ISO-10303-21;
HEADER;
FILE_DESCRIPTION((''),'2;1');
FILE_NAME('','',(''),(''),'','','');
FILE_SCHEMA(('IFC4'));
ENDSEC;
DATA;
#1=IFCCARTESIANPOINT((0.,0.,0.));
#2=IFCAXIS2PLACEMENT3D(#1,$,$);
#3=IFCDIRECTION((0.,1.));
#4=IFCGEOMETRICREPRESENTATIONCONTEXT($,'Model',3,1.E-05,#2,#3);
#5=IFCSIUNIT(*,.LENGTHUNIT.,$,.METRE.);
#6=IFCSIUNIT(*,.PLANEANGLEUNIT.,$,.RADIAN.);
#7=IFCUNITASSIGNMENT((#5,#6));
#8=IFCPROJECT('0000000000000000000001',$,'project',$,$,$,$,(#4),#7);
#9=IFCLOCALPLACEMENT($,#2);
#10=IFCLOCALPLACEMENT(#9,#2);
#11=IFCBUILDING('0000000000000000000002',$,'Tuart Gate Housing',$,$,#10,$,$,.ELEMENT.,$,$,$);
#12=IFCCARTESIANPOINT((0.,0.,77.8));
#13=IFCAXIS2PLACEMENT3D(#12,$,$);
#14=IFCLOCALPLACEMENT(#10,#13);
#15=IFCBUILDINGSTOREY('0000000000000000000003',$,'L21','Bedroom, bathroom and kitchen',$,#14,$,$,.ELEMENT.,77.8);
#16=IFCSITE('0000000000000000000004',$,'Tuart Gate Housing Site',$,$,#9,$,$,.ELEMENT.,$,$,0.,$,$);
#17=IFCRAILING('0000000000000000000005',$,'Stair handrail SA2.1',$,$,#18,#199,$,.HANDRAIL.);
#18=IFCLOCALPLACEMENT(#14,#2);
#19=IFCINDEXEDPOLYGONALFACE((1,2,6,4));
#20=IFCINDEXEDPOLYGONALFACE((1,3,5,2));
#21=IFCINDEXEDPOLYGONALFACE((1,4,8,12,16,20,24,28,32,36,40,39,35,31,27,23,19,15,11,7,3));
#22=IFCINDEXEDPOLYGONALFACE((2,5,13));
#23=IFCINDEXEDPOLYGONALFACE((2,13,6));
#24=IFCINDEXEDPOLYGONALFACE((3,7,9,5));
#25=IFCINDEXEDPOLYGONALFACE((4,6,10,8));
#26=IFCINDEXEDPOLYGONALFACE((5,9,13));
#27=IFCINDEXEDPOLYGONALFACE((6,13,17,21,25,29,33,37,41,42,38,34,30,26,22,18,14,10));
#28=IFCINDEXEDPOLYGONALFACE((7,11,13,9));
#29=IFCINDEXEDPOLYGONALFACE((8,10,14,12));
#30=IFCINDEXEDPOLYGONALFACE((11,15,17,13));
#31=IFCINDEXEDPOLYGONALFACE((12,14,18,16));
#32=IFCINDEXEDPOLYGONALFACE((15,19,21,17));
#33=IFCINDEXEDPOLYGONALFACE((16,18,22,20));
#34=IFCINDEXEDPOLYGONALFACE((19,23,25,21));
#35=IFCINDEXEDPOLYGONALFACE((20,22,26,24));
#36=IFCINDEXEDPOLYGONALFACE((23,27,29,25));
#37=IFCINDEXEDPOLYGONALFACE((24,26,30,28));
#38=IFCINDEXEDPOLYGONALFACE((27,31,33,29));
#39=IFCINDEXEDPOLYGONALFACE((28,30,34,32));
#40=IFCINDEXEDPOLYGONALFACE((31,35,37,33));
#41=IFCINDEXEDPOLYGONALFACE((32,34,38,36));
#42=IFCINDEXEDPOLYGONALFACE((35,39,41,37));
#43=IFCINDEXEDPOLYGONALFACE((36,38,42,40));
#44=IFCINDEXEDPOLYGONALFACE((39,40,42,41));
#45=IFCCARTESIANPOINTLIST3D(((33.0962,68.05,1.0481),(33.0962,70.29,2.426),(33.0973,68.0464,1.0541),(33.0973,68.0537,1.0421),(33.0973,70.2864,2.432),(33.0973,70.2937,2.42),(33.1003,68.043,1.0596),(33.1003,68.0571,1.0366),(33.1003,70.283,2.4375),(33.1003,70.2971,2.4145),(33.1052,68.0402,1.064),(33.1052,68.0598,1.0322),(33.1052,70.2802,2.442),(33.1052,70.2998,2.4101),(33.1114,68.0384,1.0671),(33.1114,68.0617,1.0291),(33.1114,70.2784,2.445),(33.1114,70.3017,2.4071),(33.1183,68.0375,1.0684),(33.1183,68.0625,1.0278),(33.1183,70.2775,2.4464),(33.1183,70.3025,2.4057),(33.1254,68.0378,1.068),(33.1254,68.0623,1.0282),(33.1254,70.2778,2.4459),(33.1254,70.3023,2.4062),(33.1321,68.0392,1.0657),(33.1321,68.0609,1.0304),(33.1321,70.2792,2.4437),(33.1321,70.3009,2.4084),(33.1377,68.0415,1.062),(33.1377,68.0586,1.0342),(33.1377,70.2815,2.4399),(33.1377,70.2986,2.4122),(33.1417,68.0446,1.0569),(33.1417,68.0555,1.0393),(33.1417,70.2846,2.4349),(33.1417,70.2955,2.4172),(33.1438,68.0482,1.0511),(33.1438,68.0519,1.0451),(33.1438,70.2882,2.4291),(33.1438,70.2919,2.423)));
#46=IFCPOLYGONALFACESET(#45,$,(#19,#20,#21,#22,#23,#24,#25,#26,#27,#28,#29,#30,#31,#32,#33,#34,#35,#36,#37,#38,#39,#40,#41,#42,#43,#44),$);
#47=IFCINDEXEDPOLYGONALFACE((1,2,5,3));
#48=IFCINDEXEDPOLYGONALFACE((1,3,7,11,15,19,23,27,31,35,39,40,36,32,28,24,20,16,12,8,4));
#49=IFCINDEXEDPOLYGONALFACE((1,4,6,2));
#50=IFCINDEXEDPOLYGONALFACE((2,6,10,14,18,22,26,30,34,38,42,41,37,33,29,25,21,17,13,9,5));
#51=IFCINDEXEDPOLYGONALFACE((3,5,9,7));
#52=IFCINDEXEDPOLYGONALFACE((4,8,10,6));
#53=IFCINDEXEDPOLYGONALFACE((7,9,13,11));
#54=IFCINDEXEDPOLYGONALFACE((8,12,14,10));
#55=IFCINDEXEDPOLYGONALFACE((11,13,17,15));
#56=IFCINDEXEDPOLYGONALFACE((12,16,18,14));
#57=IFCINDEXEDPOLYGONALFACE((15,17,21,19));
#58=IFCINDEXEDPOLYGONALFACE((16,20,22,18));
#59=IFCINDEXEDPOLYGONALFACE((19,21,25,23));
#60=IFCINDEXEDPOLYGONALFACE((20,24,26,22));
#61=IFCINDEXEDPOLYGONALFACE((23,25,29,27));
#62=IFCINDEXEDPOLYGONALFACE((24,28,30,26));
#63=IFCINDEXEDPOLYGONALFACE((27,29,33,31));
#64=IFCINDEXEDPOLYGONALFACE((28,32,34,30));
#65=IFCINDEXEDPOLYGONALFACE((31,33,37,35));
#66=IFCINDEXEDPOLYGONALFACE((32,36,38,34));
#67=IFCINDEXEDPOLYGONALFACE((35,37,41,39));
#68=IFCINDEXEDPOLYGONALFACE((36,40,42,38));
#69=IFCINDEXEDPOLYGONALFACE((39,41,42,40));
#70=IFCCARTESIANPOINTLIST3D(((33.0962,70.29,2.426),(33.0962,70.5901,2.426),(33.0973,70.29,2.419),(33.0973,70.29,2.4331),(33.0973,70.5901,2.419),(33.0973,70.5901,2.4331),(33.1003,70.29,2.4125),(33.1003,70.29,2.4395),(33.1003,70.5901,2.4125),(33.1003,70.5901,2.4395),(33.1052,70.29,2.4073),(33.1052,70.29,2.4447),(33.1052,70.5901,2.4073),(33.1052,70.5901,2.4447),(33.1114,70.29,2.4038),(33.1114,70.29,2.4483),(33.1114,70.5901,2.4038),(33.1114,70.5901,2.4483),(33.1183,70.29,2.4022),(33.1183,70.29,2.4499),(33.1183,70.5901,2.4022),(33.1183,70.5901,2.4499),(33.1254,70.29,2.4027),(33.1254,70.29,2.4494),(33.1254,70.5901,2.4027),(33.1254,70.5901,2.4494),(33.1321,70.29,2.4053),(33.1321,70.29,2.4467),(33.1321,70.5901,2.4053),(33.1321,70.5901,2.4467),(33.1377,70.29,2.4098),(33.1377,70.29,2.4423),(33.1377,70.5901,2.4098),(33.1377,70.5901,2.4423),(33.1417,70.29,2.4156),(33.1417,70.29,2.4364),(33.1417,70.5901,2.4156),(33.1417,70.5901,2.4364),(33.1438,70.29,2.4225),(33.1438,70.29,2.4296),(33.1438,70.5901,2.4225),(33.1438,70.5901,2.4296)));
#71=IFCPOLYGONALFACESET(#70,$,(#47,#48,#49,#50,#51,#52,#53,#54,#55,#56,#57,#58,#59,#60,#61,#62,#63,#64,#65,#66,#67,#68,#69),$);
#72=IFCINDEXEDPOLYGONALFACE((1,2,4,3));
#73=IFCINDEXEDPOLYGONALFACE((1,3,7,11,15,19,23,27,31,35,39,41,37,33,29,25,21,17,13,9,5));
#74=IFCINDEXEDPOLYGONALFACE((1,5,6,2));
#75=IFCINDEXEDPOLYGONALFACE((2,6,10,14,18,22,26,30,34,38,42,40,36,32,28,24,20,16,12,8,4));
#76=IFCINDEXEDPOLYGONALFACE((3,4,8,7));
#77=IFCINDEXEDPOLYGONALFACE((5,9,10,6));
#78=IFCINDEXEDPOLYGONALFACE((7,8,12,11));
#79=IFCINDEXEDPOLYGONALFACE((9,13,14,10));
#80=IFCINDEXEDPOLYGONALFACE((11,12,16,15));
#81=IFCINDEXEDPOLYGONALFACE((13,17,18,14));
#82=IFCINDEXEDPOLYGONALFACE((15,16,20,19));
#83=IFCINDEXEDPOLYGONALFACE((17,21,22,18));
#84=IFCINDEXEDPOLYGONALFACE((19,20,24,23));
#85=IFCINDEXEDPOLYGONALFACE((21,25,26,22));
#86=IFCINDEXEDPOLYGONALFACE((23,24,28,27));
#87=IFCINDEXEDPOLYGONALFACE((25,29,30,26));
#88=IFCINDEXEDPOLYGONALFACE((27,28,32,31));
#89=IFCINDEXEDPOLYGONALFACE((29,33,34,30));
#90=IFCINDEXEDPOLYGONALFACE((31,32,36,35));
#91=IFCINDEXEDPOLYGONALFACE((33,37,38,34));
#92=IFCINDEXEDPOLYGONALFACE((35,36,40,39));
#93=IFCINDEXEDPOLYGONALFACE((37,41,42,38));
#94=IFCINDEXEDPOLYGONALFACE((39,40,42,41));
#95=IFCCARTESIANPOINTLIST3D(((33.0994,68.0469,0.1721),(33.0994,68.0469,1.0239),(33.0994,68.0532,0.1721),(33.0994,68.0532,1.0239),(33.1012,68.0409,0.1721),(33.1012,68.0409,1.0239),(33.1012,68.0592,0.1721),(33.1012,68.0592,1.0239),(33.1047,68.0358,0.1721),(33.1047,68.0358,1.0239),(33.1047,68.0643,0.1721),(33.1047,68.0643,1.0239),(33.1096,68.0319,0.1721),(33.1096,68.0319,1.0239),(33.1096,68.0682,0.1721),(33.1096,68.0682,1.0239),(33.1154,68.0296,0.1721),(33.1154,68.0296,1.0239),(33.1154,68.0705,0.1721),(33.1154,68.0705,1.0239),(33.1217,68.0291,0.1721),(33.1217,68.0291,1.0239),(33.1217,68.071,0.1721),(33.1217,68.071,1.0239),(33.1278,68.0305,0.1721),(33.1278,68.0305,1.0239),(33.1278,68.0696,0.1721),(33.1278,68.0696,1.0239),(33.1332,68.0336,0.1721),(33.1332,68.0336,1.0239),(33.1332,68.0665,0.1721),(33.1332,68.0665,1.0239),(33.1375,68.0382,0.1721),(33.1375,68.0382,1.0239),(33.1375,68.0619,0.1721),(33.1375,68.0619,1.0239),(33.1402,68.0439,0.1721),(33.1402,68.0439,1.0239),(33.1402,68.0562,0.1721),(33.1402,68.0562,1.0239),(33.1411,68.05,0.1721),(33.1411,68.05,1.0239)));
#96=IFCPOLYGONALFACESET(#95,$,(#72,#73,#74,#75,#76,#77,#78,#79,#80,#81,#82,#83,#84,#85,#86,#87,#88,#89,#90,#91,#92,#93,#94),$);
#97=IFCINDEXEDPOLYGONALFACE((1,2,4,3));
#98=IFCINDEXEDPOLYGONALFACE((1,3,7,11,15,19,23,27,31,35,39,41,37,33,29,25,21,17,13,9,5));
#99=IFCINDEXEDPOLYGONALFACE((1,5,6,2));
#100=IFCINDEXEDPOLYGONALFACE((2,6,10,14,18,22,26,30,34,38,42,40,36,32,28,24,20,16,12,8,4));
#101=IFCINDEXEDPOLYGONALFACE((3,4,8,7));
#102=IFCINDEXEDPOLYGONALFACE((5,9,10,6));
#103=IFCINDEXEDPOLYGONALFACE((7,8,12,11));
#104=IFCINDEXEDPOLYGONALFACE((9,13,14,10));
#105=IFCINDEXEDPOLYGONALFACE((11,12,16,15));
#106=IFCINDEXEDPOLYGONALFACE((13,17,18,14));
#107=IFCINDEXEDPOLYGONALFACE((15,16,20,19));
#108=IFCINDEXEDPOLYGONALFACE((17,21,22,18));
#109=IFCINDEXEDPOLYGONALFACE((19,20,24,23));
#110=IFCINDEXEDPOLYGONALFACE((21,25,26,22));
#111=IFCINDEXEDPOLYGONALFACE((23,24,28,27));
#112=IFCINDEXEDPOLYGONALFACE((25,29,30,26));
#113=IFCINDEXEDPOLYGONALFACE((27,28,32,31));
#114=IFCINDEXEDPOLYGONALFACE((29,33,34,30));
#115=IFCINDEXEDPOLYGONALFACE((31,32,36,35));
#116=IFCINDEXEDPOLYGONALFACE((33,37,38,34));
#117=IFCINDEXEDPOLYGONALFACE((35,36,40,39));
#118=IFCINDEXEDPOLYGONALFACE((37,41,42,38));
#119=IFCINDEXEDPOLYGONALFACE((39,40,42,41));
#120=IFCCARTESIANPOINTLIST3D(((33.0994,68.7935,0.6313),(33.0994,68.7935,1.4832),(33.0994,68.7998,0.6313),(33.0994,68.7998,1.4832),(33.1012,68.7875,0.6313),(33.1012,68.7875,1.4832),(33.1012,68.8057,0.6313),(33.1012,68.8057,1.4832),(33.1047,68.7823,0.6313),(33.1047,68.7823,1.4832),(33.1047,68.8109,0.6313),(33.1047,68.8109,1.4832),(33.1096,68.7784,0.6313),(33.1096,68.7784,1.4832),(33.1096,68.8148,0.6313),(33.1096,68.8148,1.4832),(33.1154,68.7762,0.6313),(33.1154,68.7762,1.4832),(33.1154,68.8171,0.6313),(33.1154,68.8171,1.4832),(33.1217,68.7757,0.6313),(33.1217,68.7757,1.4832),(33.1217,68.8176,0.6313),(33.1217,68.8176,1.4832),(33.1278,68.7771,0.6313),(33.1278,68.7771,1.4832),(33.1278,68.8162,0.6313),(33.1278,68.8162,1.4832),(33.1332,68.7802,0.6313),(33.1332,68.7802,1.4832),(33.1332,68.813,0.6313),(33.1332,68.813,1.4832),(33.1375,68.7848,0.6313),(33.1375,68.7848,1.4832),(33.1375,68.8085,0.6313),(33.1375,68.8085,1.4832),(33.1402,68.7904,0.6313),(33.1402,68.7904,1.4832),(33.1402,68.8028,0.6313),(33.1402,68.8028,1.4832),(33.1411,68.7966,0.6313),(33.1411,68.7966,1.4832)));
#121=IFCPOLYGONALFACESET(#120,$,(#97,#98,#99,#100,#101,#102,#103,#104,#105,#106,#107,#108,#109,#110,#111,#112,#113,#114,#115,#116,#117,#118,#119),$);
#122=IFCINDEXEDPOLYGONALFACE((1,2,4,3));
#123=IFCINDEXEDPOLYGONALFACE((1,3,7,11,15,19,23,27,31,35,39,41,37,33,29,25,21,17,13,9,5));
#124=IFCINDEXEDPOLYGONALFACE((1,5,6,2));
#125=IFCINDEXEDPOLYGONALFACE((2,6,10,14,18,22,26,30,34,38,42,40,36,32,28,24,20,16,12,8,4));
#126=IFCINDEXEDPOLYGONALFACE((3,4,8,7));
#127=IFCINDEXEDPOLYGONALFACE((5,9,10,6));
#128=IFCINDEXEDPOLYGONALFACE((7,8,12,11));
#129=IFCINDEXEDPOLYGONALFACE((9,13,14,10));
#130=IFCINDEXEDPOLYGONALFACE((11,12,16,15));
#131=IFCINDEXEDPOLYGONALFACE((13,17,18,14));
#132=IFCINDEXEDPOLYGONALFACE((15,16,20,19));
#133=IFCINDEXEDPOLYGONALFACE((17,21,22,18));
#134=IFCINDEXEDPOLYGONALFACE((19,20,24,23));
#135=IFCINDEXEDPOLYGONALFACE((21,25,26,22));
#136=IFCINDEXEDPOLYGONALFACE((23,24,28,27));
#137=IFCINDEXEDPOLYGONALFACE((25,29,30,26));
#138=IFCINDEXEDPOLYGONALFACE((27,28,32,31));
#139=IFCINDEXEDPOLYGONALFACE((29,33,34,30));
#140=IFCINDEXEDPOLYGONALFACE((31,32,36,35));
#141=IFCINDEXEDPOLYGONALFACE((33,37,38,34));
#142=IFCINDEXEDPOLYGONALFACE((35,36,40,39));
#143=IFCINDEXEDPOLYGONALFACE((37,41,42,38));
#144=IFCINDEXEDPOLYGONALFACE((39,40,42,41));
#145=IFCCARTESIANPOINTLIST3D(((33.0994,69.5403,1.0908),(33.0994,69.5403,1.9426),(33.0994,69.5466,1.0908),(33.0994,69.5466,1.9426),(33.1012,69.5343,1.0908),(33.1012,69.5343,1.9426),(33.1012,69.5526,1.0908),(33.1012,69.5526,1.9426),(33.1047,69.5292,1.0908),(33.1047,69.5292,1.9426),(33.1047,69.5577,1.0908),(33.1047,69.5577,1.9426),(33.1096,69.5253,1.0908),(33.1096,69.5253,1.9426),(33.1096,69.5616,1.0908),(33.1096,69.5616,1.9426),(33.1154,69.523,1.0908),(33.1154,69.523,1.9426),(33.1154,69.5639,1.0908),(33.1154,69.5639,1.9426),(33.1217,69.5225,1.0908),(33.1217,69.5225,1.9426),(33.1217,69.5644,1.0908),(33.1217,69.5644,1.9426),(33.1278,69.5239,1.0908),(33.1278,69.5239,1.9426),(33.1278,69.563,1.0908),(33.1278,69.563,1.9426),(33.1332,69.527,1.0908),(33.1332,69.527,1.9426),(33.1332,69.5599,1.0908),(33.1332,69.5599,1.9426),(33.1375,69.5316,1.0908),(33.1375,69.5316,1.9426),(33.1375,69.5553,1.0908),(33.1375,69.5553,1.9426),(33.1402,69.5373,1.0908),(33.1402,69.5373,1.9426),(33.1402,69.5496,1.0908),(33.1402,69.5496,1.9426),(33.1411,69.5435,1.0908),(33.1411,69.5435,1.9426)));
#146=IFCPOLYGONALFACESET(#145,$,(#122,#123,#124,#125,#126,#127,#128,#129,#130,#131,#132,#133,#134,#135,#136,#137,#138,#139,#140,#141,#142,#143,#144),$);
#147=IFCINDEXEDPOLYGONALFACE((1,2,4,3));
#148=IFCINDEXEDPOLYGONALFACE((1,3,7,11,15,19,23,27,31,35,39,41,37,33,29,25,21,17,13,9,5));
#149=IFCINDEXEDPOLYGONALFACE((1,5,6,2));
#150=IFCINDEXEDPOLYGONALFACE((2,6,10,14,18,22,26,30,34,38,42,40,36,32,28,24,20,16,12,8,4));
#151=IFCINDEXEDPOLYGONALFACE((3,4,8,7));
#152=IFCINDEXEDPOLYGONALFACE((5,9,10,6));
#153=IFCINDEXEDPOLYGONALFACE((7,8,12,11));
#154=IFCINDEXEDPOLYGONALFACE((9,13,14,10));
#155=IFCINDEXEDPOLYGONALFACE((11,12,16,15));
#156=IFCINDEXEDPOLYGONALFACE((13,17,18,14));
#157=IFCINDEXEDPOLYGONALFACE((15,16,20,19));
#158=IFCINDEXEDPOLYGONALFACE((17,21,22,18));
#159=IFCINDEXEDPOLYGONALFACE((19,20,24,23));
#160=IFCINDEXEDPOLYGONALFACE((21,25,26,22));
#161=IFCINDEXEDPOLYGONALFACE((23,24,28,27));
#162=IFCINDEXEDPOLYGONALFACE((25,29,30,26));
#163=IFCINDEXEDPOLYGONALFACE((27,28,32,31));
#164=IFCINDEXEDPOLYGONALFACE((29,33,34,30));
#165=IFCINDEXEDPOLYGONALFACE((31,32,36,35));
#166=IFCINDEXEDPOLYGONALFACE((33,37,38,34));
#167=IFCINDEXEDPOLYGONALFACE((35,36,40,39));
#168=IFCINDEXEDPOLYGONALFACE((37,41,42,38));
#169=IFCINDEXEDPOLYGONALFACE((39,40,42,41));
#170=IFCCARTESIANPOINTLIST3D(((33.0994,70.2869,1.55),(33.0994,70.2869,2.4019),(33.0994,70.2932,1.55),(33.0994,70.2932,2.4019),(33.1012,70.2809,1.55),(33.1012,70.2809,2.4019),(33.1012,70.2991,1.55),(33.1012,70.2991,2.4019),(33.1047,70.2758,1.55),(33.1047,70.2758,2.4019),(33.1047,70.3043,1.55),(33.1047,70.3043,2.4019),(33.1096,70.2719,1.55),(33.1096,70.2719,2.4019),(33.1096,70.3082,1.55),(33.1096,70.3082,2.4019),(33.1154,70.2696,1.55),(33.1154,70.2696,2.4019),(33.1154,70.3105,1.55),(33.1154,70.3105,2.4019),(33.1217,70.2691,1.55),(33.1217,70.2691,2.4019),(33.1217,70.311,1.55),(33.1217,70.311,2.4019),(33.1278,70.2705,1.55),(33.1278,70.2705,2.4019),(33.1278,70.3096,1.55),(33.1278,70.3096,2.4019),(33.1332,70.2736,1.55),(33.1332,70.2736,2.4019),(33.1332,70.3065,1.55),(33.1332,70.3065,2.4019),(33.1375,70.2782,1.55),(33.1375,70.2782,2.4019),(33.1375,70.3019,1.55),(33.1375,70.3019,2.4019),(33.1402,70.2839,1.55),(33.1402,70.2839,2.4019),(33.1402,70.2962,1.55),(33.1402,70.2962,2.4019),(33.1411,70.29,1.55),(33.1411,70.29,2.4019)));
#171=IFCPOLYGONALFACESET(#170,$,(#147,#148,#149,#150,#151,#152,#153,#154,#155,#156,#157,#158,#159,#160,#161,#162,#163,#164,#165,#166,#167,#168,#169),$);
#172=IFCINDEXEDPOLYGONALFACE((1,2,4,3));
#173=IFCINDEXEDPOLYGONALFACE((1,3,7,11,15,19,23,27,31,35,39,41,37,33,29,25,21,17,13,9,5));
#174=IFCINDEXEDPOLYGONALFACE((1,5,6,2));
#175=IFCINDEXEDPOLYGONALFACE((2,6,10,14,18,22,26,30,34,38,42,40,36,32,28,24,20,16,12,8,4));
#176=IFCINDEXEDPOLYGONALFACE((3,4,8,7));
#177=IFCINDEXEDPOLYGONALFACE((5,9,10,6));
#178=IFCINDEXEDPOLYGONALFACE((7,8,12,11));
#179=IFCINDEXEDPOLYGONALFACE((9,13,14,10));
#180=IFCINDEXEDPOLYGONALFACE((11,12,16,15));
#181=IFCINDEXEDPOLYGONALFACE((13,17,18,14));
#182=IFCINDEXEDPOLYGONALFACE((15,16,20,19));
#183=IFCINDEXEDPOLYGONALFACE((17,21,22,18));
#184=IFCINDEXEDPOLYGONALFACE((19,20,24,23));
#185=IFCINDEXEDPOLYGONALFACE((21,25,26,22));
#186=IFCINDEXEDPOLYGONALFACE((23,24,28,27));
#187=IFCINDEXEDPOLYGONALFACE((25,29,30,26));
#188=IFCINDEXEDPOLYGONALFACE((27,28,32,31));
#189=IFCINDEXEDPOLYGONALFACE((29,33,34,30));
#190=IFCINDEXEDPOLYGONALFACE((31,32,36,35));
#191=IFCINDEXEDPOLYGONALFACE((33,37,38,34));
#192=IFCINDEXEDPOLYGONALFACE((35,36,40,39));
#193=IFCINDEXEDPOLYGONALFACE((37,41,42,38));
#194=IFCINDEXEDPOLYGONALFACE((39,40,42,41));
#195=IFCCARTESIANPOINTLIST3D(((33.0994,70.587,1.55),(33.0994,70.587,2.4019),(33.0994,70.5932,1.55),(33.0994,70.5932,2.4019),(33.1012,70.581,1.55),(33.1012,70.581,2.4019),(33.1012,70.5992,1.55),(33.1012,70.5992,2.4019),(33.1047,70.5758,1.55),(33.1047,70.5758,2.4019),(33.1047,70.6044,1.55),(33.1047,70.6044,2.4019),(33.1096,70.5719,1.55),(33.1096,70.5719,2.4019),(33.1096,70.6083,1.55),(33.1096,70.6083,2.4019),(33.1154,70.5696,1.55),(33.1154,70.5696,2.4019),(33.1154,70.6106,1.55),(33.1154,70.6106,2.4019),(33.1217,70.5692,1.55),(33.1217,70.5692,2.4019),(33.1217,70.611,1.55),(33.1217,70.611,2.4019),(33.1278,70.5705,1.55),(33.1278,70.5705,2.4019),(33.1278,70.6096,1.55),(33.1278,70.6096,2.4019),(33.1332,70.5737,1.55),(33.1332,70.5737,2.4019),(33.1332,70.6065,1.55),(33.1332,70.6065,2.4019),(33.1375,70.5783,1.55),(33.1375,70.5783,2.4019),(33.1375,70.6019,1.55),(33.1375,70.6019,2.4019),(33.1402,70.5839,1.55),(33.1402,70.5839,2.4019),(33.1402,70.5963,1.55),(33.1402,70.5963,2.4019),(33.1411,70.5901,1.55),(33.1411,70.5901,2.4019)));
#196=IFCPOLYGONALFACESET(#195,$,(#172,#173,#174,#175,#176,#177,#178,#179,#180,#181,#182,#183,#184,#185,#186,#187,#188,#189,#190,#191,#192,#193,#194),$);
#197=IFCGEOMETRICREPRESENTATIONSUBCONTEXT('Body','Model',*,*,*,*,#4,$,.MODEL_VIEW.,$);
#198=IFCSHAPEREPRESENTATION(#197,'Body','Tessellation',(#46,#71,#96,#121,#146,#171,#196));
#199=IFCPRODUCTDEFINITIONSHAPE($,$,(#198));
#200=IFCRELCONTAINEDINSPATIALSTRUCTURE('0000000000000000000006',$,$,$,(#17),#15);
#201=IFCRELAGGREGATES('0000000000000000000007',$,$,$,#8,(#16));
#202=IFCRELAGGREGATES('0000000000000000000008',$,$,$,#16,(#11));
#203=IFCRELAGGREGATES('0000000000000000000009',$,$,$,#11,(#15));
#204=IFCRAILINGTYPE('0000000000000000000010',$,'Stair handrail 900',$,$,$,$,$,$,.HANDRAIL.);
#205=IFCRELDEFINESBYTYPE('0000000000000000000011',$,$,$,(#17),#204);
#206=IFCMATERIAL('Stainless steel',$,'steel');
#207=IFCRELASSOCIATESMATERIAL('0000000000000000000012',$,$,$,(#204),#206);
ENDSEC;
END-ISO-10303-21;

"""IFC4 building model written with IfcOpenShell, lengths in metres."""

from ifc_helpers import new_model, si_unit, direction, frame, origin, origin_2d, place, context, subcontext, project, spatial, circle, extrude, material, type_object, element, save


model = new_model("IFC4")

# Units and contexts
model_context = context("Model", 3, precision=1e-05, world=origin(), true_north=direction((0.0, 1.0)))
body_context = subcontext(model_context, "Body", "Model", "MODEL_VIEW")
ifc_project = project(units=[si_unit("LENGTHUNIT", "METRE"), si_unit("PLANEANGLEUNIT", "RADIAN")], contexts=[model_context])

# Site, building, storey
site_placement = place(None, origin())
site = spatial("IfcSite", under=ifc_project, at=site_placement, Name="Tuart Gate Housing Site", CompositionType="ELEMENT", RefElevation=0.0)
building_placement = place(site_placement, origin())
building = spatial("IfcBuilding", under=site, at=building_placement, Name="Tuart Gate Housing", CompositionType="ELEMENT")
storey_placement = place(building_placement, frame((0.0, 0.0, 77.8)))
storey = spatial("IfcBuildingStorey", under=building, at=storey_placement, Name="L21", Description="Bedroom, bathroom and kitchen", CompositionType="ELEMENT", Elevation=77.8)

# Railing
ifc_material_1 = material(Name="Stainless steel", Category="steel")
railing_type = type_object("IfcRailingType", Name="Stair handrail 900", PredefinedType="HANDRAIL", material=ifc_material_1)
railing_placement = place(storey_placement, frame((33.1201, 68.05, 0.1721)))
element("IfcRailing", 1, at=railing_placement, inside=storey, type_object=railing_type, Name="Stair handrail SA2.1", PredefinedType="HANDRAIL", context=body_context, shape_type="SweptSolid", body=[
    extrude(circle(Radius=0.0239, at=origin_2d()), frame((0.0, 0.0, 0.876), z_axis=(0.0, 0.851748, 0.523952), x_axis=(-1.0, 0.0, 0.0)), (0.0, 0.0, 1.0), 2.6299),
    extrude(circle(Radius=0.0239, at=origin_2d()), frame((0.0, 2.24, 2.2539), z_axis=(0.0, 1.0, 0.0), x_axis=(-1.0, 0.0, 0.0)), (0.0, 0.0, 1.0), 0.3),
    extrude(circle(Radius=0.021, at=origin_2d()), origin(), (0.0, 0.0, 1.0), 0.8518),
    extrude(circle(Radius=0.021, at=origin_2d()), frame((0.0, 0.7466, 0.4592)), (0.0, 0.0, 1.0), 0.8518),
    extrude(circle(Radius=0.021, at=origin_2d()), frame((0.0, 1.4934, 0.9187)), (0.0, 0.0, 1.0), 0.8518),
    extrude(circle(Radius=0.021, at=origin_2d()), frame((0.0, 2.24, 1.3779)), (0.0, 0.0, 1.0), 0.8518),
    extrude(circle(Radius=0.021, at=origin_2d()), frame((0.0, 2.54, 1.3779)), (0.0, 0.0, 1.0), 0.8518),
])

save(model, "model.ifc")
